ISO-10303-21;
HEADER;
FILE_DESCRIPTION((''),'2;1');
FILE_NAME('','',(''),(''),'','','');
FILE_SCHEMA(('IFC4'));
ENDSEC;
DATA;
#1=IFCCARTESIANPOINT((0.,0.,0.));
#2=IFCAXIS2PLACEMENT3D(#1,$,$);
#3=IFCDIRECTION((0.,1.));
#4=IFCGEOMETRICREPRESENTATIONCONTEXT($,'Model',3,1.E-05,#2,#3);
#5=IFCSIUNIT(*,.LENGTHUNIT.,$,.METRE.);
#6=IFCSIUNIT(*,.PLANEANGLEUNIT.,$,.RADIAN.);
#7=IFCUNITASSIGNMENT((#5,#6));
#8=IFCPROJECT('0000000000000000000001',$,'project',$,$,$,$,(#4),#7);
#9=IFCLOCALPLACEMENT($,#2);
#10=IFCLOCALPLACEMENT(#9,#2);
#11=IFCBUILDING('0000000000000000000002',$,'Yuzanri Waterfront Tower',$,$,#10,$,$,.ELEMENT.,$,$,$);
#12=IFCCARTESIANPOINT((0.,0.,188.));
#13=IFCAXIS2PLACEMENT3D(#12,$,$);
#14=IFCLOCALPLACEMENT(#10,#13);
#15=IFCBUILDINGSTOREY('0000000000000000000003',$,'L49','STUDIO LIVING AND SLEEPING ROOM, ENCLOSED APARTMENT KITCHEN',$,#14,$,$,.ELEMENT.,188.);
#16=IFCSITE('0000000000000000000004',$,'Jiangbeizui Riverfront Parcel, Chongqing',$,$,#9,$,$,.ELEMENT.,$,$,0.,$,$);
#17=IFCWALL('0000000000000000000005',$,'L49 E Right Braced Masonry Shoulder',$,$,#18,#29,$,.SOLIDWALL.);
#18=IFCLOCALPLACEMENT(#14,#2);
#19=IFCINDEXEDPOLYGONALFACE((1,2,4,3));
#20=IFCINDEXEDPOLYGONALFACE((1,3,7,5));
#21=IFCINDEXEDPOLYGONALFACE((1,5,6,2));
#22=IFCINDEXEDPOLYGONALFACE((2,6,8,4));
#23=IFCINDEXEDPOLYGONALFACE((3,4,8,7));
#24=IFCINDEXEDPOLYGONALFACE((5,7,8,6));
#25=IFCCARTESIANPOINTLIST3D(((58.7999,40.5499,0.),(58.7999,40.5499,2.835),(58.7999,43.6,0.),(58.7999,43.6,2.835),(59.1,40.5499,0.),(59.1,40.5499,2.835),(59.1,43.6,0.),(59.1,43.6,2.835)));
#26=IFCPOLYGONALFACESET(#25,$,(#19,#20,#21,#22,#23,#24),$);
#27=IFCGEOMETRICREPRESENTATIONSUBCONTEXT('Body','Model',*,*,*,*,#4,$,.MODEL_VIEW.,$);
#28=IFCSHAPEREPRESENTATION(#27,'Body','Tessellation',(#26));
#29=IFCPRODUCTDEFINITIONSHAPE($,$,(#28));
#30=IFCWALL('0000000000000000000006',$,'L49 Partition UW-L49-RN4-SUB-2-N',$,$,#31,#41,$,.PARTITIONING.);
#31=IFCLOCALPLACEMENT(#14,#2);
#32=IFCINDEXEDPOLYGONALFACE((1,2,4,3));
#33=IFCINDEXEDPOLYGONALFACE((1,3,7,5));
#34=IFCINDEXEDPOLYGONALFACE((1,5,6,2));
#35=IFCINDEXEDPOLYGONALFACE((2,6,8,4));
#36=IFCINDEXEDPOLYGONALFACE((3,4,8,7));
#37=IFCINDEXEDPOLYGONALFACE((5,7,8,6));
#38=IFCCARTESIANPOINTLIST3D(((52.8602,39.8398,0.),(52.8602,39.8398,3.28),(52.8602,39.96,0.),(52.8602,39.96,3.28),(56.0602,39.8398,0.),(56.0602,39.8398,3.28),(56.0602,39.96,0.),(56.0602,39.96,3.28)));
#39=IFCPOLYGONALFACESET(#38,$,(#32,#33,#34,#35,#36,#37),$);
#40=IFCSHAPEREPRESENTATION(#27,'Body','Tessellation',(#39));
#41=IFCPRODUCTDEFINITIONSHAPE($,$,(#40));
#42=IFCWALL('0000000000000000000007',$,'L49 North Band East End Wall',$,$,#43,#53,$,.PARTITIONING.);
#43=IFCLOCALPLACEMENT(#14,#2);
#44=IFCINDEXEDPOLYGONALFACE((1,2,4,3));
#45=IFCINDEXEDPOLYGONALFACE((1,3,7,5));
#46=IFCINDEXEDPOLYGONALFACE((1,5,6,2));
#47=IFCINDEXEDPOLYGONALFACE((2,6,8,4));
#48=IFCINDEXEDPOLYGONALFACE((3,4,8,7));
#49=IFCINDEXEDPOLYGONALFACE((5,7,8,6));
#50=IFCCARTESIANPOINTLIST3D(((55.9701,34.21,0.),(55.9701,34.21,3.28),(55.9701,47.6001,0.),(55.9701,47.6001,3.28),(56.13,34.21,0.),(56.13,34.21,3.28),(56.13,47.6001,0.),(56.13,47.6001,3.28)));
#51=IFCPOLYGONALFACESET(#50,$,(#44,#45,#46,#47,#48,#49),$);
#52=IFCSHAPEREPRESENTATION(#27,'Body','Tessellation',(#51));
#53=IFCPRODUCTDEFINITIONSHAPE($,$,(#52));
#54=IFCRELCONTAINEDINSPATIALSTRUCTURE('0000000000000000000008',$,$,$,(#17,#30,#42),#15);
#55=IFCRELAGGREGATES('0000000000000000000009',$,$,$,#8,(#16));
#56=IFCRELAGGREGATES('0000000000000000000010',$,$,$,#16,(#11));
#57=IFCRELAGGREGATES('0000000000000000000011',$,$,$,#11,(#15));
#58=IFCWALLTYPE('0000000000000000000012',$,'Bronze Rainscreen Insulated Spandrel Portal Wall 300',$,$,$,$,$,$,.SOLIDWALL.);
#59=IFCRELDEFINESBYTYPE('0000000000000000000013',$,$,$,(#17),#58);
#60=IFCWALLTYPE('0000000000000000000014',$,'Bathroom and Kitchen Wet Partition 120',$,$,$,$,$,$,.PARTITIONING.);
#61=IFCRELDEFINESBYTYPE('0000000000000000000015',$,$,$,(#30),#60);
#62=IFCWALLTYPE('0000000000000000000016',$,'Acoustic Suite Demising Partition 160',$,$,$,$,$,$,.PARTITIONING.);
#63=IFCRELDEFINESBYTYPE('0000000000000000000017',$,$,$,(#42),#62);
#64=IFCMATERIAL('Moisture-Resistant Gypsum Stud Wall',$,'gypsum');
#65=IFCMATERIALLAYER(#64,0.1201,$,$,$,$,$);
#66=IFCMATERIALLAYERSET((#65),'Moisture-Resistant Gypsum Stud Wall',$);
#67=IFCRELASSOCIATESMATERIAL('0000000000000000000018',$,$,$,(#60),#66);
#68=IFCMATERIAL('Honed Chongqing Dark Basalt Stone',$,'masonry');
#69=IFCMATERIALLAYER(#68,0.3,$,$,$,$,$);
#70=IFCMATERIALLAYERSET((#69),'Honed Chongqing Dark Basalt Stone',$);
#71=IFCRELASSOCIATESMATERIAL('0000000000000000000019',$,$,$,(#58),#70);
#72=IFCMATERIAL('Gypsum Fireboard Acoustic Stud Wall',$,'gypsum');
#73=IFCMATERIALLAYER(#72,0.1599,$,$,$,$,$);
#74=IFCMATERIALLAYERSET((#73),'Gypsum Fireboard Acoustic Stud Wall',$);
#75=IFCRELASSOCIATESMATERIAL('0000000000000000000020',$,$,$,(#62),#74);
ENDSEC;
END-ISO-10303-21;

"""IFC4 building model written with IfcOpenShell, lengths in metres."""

from ifc_helpers import new_model, si_unit, direction, frame, frame_2d, origin, place, context, subcontext, project, spatial, rectangle, extrude, source, transform, mapped, material, layer, layer_set, type_object, element, save


model = new_model("IFC4")

# Units and contexts
model_context = context("Model", 3, precision=1e-05, world=origin(), true_north=direction((0.0, 1.0)))
body_context = subcontext(model_context, "Body", "Model", "MODEL_VIEW")
ifc_project = project(units=[si_unit("LENGTHUNIT", "METRE"), si_unit("PLANEANGLEUNIT", "RADIAN")], contexts=[model_context])

# Site, building, storey
site_placement = place(None, origin())
site = spatial("IfcSite", under=ifc_project, at=site_placement, Name="Jiangbeizui Riverfront Parcel, Chongqing", CompositionType="ELEMENT", RefElevation=0.0)
building_placement = place(site_placement, origin())
building = spatial("IfcBuilding", under=site, at=building_placement, Name="Yuzanri Waterfront Tower", CompositionType="ELEMENT")
storey_placement = place(building_placement, frame((0.0, 0.0, 188.0)))
storey = spatial("IfcBuildingStorey", under=building, at=storey_placement, Name="L49", Description="STUDIO LIVING AND SLEEPING ROOM, ENCLOSED APARTMENT KITCHEN", CompositionType="ELEMENT", Elevation=188.0)

# Shared definitions
ifc_material_1 = material(Name="Moisture-Resistant Gypsum Stud Wall", Category="gypsum")
ifc_layer_1 = layer(ifc_material_1, 0.1201)
ifc_layer_set_1 = layer_set([ifc_layer_1], Name="Moisture-Resistant Gypsum Stud Wall")
wall_type_1 = type_object("IfcWallType", Name="Bathroom and Kitchen Wet Partition 120", PredefinedType="PARTITIONING", material=ifc_layer_set_1)

# Shared definitions
ifc_material_2 = material(Name="Honed Chongqing Dark Basalt Stone", Category="masonry")
ifc_layer_2 = layer(ifc_material_2, 0.3)
ifc_layer_set_2 = layer_set([ifc_layer_2], Name="Honed Chongqing Dark Basalt Stone")
wall_type_2 = type_object("IfcWallType", Name="Bronze Rainscreen Insulated Spandrel Portal Wall 300", PredefinedType="SOLIDWALL", material=ifc_layer_set_2)

# Walls
shared_shape_1 = source(origin(), body_context, "Body", "SweptSolid", [
    extrude(rectangle(XDim=3.05, YDim=0.3, at=frame_2d((1.5249, 0.0))), origin(), (0.0, 0.0, 1.0), 2.835),
])
for number, where, z_axis, x_axis, name in (
    (1, (58.95, 40.55, 0.0), (0.0, 0.0, 1.0), (0.0, 1.0, 0.0), "L49 E Right Braced Masonry Shoulder"),
):
    element("IfcWall", number, at=place(storey_placement, frame(where, z_axis=z_axis, x_axis=x_axis)), inside=storey, type_object=wall_type_2, Name=name, PredefinedType="SOLIDWALL", context=body_context, shape_type="MappedRepresentation", body=[
        mapped(shared_shape_1, transform((0.0, 0.0, 0.0), scale=1.0)),
    ])
shared_shape_2 = source(origin(), body_context, "Body", "SweptSolid", [
    extrude(rectangle(XDim=3.2, YDim=0.1201, at=frame_2d((1.6001, 0.0))), origin(), (0.0, 0.0, 1.0), 3.28),
])
wall_1_placement = place(storey_placement, frame((52.8601, 39.8999, 0.0), z_axis=(0.0, 0.0, 1.0), x_axis=(1.0, 0.0, 0.0)))
element("IfcWall", 2, at=wall_1_placement, inside=storey, type_object=wall_type_1, Name="L49 Partition UW-L49-RN4-SUB-2-N", PredefinedType="PARTITIONING", context=body_context, shape_type="MappedRepresentation", body=[
    mapped(shared_shape_2, transform((0.0, 0.0, 0.0), scale=1.0)),
])
ifc_material_3 = material(Name="Gypsum Fireboard Acoustic Stud Wall", Category="gypsum")
ifc_layer_3 = layer(ifc_material_3, 0.1599)
ifc_layer_set_3 = layer_set([ifc_layer_3], Name="Gypsum Fireboard Acoustic Stud Wall")
wall_type_3 = type_object("IfcWallType", Name="Acoustic Suite Demising Partition 160", PredefinedType="PARTITIONING", material=ifc_layer_set_3)
shared_shape_3 = source(origin(), body_context, "Body", "SweptSolid", [
    extrude(rectangle(XDim=13.3901, YDim=0.1599, at=frame_2d((6.6951, 0.0))), origin(), (0.0, 0.0, 1.0), 3.28),
])
wall_2_placement = place(storey_placement, frame((56.05, 34.21, 0.0), z_axis=(0.0, 0.0, 1.0), x_axis=(0.0, 1.0, 0.0)))
element("IfcWall", 3, at=wall_2_placement, inside=storey, type_object=wall_type_3, Name="L49 North Band East End Wall", PredefinedType="PARTITIONING", context=body_context, shape_type="MappedRepresentation", body=[
    mapped(shared_shape_3, transform((0.0, 0.0, 0.0), scale=1.0)),
])

save(model, "model.ifc")
